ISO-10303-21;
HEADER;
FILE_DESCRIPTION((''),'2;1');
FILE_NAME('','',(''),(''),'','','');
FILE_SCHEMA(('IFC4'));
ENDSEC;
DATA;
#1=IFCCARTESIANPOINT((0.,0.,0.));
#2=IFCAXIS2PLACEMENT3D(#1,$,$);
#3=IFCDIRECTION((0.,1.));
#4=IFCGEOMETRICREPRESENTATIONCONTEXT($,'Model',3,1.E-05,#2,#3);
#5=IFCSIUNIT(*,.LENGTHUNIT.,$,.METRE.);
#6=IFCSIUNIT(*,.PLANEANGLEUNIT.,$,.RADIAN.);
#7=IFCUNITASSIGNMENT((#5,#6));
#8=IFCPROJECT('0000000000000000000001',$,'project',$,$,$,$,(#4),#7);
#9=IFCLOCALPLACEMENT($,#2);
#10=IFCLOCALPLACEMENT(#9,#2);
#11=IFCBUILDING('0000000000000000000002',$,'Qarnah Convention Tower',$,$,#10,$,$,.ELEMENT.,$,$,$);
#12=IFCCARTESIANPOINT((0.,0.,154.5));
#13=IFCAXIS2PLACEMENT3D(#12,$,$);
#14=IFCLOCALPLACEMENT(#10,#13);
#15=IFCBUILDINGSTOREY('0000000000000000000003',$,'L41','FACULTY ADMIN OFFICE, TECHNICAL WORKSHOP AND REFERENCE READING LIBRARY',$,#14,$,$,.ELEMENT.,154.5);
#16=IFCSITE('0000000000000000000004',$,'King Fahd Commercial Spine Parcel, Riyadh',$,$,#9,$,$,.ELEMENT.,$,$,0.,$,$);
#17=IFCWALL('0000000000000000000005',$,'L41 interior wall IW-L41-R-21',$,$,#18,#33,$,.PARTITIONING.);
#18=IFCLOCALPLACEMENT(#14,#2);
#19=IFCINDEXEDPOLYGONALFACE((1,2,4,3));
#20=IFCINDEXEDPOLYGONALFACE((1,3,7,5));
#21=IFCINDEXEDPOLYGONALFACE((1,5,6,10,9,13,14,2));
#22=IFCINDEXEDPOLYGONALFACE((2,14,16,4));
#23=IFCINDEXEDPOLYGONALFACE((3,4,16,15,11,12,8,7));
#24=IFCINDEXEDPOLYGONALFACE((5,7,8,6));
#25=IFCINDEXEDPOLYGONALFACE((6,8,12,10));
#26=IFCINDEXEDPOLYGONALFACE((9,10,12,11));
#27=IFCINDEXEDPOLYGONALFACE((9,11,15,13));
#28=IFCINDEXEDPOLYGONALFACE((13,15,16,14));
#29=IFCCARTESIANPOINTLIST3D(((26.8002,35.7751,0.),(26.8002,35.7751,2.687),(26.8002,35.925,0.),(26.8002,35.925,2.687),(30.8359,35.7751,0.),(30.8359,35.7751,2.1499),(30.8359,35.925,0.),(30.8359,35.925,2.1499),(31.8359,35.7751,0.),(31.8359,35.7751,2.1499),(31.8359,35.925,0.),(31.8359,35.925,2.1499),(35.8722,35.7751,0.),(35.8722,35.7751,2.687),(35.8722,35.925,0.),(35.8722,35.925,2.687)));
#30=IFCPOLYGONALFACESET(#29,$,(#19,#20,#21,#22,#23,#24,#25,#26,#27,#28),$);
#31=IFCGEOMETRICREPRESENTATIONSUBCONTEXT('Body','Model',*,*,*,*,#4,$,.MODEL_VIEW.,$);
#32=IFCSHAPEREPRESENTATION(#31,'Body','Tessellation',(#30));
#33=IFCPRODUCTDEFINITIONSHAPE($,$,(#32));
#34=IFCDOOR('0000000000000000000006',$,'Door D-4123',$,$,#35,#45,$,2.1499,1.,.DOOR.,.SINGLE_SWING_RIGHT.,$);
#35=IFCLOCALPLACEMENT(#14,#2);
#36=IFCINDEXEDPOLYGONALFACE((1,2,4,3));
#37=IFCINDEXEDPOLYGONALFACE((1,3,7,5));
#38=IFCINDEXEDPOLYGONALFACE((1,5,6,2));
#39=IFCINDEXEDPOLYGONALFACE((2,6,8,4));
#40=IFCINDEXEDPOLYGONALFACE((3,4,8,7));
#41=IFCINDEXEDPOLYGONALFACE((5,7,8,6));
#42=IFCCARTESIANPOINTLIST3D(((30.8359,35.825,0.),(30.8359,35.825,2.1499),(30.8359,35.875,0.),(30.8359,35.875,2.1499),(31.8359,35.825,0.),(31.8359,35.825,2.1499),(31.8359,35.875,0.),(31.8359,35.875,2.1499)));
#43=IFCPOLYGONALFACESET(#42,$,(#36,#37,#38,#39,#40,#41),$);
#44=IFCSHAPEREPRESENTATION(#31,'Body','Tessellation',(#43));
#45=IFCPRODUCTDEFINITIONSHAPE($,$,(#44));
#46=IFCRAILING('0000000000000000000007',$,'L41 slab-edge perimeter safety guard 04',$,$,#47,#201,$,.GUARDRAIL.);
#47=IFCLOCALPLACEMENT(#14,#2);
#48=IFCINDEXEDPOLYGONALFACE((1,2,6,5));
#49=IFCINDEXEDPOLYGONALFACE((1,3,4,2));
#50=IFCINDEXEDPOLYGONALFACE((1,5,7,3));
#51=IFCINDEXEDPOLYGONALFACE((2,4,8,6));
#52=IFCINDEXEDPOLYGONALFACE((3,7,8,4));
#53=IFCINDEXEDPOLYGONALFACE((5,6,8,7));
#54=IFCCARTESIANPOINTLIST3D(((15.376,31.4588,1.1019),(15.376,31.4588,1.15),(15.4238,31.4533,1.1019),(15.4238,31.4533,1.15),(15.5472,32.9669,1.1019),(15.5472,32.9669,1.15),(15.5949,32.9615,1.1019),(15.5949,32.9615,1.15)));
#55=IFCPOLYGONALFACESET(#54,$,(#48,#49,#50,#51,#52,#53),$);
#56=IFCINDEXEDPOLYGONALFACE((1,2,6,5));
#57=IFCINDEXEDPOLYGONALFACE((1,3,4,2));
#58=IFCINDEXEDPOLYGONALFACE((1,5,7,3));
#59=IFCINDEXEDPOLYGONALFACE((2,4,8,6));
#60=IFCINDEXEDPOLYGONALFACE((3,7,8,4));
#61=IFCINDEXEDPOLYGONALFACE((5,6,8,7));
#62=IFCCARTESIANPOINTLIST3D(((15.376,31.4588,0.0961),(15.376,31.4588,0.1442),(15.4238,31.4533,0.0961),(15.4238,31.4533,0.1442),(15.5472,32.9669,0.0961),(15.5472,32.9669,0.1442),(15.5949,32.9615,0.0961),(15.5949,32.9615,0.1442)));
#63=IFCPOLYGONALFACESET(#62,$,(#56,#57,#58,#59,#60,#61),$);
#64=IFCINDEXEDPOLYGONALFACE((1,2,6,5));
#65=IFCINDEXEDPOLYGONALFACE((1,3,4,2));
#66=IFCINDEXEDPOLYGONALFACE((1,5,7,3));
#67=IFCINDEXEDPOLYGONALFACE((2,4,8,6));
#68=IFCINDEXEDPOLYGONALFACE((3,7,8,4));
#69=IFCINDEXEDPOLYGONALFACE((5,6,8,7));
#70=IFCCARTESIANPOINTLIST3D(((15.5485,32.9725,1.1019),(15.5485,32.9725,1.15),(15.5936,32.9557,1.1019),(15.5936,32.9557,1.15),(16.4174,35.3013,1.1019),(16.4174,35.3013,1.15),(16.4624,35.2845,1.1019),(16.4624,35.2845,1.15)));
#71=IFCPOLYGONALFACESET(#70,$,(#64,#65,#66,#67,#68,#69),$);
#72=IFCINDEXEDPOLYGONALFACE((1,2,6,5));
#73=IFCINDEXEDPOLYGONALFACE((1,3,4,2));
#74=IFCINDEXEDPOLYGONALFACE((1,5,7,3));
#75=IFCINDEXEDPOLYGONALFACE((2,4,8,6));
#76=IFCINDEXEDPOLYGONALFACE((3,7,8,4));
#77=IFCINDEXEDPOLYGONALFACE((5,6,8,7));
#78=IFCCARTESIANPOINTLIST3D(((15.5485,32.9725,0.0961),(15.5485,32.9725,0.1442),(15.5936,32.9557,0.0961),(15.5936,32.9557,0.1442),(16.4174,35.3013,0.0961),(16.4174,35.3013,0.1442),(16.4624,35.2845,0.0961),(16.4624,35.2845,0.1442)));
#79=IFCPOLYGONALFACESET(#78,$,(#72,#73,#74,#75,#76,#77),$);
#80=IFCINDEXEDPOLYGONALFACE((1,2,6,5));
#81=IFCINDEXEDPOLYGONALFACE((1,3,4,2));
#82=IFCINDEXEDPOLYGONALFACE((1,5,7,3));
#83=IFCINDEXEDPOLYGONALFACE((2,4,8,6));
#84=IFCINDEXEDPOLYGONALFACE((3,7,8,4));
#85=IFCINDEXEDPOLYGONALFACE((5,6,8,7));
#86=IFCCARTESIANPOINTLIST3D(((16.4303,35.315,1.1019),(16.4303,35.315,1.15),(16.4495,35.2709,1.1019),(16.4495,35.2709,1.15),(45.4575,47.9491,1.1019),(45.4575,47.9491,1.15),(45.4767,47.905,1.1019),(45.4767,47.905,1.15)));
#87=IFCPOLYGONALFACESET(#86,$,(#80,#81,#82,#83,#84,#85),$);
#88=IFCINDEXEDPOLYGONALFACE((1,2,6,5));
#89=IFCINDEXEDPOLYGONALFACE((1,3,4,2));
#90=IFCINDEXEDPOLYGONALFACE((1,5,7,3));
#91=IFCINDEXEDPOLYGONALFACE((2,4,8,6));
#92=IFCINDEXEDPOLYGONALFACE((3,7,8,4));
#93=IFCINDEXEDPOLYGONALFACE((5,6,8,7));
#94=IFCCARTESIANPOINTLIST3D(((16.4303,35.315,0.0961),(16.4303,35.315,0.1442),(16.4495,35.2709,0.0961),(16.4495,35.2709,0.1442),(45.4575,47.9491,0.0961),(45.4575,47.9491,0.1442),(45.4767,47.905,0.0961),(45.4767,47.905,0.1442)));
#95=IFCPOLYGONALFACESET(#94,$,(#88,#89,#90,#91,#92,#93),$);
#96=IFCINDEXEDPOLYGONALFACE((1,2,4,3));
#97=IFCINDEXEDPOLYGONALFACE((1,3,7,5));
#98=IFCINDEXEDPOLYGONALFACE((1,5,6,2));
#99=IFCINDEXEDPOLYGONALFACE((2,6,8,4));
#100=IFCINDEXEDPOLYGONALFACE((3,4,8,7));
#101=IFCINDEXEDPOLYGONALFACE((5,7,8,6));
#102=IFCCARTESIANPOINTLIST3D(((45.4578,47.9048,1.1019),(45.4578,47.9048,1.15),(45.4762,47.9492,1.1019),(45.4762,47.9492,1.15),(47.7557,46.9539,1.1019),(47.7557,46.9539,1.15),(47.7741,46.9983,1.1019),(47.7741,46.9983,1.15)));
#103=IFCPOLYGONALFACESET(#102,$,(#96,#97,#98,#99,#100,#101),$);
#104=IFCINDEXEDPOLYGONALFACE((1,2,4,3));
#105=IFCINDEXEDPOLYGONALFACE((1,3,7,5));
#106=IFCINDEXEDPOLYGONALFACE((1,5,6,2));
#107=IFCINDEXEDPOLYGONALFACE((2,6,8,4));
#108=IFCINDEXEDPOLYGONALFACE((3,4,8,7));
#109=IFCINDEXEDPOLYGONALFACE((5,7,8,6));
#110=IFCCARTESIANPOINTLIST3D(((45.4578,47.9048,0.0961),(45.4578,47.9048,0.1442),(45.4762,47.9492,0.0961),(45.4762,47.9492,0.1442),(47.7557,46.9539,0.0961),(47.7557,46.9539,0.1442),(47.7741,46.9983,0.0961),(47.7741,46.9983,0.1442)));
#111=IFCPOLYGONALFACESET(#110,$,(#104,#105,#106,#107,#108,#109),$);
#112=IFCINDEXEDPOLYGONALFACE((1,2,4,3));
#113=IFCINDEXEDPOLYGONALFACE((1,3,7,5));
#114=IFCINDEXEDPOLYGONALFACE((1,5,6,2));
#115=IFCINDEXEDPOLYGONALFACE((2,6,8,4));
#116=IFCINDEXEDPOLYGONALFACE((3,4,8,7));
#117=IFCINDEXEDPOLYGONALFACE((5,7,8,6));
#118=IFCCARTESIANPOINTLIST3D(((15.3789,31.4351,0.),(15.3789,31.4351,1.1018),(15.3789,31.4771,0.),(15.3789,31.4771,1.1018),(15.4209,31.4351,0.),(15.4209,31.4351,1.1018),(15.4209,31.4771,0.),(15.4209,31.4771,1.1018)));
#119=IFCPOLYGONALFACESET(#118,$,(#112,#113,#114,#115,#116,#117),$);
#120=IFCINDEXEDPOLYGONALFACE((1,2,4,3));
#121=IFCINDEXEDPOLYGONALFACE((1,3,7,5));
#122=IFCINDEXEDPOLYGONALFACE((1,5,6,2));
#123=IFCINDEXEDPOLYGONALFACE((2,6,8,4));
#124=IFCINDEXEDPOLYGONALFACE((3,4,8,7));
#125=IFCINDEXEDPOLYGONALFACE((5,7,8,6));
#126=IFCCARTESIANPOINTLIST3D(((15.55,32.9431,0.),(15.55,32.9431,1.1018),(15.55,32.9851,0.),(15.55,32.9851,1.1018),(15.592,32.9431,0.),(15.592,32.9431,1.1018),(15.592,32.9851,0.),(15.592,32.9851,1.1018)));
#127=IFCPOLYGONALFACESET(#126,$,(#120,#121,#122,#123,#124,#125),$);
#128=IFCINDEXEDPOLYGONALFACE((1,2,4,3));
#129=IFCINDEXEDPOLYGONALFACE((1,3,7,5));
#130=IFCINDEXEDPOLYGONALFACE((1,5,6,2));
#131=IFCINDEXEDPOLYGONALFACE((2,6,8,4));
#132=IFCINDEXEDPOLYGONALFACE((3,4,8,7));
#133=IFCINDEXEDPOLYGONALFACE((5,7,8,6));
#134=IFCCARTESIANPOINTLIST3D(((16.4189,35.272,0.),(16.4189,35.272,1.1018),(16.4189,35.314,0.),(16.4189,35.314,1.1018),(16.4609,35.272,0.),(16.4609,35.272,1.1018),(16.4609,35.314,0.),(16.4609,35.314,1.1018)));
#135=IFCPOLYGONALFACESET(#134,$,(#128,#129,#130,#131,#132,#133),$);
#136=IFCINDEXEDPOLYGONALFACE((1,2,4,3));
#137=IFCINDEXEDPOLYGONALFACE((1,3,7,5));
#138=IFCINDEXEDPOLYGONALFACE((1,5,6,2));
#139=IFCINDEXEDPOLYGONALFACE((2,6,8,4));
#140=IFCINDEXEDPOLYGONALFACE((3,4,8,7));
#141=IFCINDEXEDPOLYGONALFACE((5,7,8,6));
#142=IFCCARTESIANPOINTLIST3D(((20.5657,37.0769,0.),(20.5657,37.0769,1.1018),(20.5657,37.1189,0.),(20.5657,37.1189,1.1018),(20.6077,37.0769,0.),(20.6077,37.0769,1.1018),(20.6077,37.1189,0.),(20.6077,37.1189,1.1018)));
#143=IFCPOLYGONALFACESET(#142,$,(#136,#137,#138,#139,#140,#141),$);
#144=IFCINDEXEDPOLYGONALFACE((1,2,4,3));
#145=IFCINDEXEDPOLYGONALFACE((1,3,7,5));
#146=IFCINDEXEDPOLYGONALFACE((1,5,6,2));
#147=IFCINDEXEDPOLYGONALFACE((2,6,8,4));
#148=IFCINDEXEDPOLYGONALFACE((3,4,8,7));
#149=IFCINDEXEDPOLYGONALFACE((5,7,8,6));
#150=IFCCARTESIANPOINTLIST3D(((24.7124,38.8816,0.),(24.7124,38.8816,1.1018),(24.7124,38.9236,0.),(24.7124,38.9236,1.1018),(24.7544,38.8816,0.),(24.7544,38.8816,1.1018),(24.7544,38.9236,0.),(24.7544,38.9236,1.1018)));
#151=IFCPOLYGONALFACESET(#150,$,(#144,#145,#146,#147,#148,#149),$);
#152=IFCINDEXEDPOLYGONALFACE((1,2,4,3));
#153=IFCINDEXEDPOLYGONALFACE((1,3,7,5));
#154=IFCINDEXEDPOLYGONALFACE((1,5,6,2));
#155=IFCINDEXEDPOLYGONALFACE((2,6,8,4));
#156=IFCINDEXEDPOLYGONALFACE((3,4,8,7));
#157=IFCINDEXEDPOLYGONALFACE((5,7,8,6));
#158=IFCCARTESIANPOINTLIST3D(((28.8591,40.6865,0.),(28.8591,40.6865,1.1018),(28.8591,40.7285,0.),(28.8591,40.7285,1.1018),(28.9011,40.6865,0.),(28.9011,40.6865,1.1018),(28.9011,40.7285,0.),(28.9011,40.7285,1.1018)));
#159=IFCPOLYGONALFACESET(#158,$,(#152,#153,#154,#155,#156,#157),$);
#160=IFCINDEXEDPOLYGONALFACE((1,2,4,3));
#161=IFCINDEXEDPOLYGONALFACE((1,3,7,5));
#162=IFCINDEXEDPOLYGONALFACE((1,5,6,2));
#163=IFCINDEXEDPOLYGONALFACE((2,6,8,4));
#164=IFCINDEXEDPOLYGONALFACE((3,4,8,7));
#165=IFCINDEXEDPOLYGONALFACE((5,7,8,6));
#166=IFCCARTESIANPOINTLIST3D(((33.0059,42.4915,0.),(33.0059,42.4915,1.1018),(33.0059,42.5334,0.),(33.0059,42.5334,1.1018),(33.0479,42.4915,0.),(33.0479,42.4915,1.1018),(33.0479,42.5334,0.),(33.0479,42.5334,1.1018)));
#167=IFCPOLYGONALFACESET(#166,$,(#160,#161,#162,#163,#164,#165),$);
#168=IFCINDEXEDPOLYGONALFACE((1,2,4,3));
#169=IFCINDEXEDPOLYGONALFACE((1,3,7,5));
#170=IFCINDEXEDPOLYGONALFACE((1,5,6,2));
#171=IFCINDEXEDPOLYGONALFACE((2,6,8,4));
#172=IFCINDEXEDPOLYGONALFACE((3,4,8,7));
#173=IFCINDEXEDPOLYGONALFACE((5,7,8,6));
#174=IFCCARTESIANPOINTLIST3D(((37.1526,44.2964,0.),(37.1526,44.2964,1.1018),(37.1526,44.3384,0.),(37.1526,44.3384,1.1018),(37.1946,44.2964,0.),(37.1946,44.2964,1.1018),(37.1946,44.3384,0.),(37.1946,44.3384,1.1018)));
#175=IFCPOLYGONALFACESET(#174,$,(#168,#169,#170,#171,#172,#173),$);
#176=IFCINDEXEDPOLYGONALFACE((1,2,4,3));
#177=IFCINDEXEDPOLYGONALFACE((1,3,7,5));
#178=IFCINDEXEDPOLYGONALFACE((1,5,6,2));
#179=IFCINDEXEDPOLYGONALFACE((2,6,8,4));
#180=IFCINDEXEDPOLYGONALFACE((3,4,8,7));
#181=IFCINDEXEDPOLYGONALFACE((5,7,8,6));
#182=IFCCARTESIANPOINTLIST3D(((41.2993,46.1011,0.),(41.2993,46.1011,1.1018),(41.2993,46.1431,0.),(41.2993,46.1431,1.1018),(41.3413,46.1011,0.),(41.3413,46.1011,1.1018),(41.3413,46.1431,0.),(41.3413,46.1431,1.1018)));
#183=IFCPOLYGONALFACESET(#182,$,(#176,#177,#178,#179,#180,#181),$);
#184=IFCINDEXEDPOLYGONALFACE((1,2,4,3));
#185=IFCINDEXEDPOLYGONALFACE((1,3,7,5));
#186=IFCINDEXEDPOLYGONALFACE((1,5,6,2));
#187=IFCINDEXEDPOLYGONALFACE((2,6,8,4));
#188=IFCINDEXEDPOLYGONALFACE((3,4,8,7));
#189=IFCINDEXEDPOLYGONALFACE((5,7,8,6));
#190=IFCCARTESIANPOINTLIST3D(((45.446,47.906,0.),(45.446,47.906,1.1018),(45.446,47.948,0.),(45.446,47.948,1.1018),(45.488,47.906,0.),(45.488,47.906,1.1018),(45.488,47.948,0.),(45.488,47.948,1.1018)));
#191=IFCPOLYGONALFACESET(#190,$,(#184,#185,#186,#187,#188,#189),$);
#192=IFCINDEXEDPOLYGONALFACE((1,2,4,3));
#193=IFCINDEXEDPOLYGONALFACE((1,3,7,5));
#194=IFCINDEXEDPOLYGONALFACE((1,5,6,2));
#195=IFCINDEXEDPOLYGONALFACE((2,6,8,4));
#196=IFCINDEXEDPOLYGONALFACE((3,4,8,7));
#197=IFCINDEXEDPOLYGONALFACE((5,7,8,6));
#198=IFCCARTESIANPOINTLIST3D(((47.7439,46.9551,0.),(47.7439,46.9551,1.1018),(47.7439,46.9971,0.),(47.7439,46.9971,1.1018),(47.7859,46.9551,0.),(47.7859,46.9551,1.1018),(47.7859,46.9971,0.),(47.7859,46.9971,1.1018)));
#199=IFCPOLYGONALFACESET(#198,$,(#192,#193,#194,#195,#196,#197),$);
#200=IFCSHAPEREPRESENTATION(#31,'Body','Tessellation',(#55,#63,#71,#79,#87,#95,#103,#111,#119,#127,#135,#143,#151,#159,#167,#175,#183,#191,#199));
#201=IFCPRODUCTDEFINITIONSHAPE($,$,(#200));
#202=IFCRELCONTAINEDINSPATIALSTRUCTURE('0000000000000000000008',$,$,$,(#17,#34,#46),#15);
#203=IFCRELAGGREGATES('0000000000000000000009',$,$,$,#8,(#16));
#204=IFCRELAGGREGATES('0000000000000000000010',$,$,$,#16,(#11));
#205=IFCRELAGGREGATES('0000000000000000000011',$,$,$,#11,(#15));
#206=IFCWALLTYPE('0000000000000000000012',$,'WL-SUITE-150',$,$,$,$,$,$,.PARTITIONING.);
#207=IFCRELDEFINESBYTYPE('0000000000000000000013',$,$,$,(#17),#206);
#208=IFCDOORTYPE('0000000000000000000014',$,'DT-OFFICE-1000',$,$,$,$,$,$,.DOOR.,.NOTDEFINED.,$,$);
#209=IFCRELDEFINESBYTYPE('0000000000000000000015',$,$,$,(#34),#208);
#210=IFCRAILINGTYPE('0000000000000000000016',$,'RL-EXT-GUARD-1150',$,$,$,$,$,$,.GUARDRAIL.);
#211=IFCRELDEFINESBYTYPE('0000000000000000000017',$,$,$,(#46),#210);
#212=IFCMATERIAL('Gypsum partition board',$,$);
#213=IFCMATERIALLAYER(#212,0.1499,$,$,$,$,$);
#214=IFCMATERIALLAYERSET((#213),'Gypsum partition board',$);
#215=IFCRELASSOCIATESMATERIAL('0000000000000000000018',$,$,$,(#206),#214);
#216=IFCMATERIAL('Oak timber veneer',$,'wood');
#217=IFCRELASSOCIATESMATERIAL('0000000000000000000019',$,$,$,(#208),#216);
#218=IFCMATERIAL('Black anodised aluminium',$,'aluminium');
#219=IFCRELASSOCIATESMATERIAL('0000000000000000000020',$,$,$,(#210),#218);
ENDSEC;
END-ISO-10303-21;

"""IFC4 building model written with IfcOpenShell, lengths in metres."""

from ifc_helpers import new_model, si_unit, direction, frame, frame_2d, origin, origin_2d, place, context, subcontext, project, spatial, rectangle, extrude, material, layer, layer_set, type_object, element, fill, save


model = new_model("IFC4")

# Units and contexts
model_context = context("Model", 3, precision=1e-05, world=origin(), true_north=direction((0.0, 1.0)))
body_context = subcontext(model_context, "Body", "Model", "MODEL_VIEW")
ifc_project = project(units=[si_unit("LENGTHUNIT", "METRE"), si_unit("PLANEANGLEUNIT", "RADIAN")], contexts=[model_context])

# Site, building, storey
site_placement = place(None, origin())
site = spatial("IfcSite", under=ifc_project, at=site_placement, Name="King Fahd Commercial Spine Parcel, Riyadh", CompositionType="ELEMENT", RefElevation=0.0)
building_placement = place(site_placement, origin())
building = spatial("IfcBuilding", under=site, at=building_placement, Name="Qarnah Convention Tower", CompositionType="ELEMENT")
storey_placement = place(building_placement, frame((0.0, 0.0, 154.5)))
storey = spatial("IfcBuildingStorey", under=building, at=storey_placement, Name="L41", Description="FACULTY ADMIN OFFICE, TECHNICAL WORKSHOP AND REFERENCE READING LIBRARY", CompositionType="ELEMENT", Elevation=154.5)

# Shared definitions
ifc_material_1 = material(Name="Black anodised aluminium", Category="aluminium")

# Shared definitions
ifc_material_2 = material(Name="Gypsum partition board")
ifc_layer_1 = layer(ifc_material_2, 0.1499)
ifc_layer_set_1 = layer_set([ifc_layer_1], Name="Gypsum partition board")
wall_type_1 = type_object("IfcWallType", Name="WL-SUITE-150", PredefinedType="PARTITIONING", material=ifc_layer_set_1)
ifc_material_3 = material(Name="Oak timber veneer", Category="wood")
door_type_1 = type_object("IfcDoorType", Name="DT-OFFICE-1000", OperationType="NOTDEFINED", PredefinedType="DOOR", material=ifc_material_3)

# Wall, opening, door
wall_1_placement = place(storey_placement, frame((26.8, 35.8501, 0.0), z_axis=(0.0, 0.0, 1.0), x_axis=(1.0, 0.0, 0.0)))
wall_1 = element("IfcWall", 1, at=wall_1_placement, inside=storey, type_object=wall_type_1, Name="L41 interior wall IW-L41-R-21", PredefinedType="PARTITIONING", context=body_context, shape_type="SweptSolid", body=[
    extrude(rectangle(XDim=9.072, YDim=0.1499, at=frame_2d((4.5361, 0.0))), origin(), (0.0, 0.0, 1.0), 2.687),
])
opening_1_placement = place(wall_1_placement, frame((4.0359, 0.0, 0.0)))
opening_1 = element("IfcOpeningElement", 2, at=opening_1_placement, cuts=wall_1, PredefinedType="OPENING", context=body_context, shape_type="SweptSolid", body=[
    extrude(rectangle(XDim=1.0, YDim=2.1499, at=frame_2d((0.5, 1.075))), frame((0.0, 0.085, 0.0), z_axis=(0.0, -1.0, 0.0), x_axis=(1.0, 0.0, 0.0)), (0.0, 0.0, 1.0), 0.1699),
])
door_1_placement = place(opening_1_placement, origin())
door_1 = element("IfcDoor", 3, at=door_1_placement, inside=storey, type_object=door_type_1, Name="Door D-4123", OperationType="SINGLE_SWING_RIGHT", OverallHeight=2.1499, OverallWidth=1.0, PredefinedType="DOOR", context=body_context, shape_type="SweptSolid", body=[
    extrude(rectangle(XDim=1.0, YDim=2.1499, at=frame_2d((0.5, 1.075))), frame((0.0, 0.0249, 0.0), z_axis=(0.0, -1.0, 0.0), x_axis=(1.0, 0.0, 0.0)), (0.0, 0.0, 1.0), 0.05),
])
fill(opening_1, door_1)

# Railing
railing_type_1 = type_object("IfcRailingType", Name="RL-EXT-GUARD-1150", PredefinedType="GUARDRAIL", material=ifc_material_1)
railing_1_placement = place(storey_placement, frame((15.3999, 31.4561, 0.0)))
element("IfcRailing", 4, at=railing_1_placement, inside=storey, type_object=railing_type_1, Name="L41 slab-edge perimeter safety guard 04", PredefinedType="GUARDRAIL", context=body_context, shape_type="SweptSolid", body=[
    extrude(rectangle(XDim=0.0481, YDim=0.0481, at=origin_2d()), frame((0.0, 0.0, 1.126), z_axis=(0.112762, 0.993622, 0.0), x_axis=(-0.993622, 0.112762, 0.0)), (0.0, 0.0, 1.0), 1.5178),
    extrude(rectangle(XDim=0.0481, YDim=0.0481, at=origin_2d()), frame((0.0, 0.0, 0.1201), z_axis=(0.112762, 0.993622, 0.0), x_axis=(-0.993622, 0.112762, 0.0)), (0.0, 0.0, 1.0), 1.5178),
    extrude(rectangle(XDim=0.0481, YDim=0.0481, at=origin_2d()), frame((0.1711, 1.5081, 1.126), z_axis=(0.349562, 0.936913, 0.0), x_axis=(-0.936913, 0.349562, 0.0)), (0.0, 0.0, 1.0), 2.4856),
    extrude(rectangle(XDim=0.0481, YDim=0.0481, at=origin_2d()), frame((0.1711, 1.5081, 0.1201), z_axis=(0.349562, 0.936913, 0.0), x_axis=(-0.936913, 0.349562, 0.0)), (0.0, 0.0, 1.0), 2.4856),
    extrude(rectangle(XDim=0.0481, YDim=0.0481, at=origin_2d()), frame((1.04, 3.8369, 1.126), z_axis=(0.916913, 0.399086, 0.0), x_axis=(-0.399086, 0.916913, 0.0)), (0.0, 0.0, 1.0), 31.6575),
    extrude(rectangle(XDim=0.0481, YDim=0.0481, at=origin_2d()), frame((1.04, 3.8369, 0.1201), z_axis=(0.916913, 0.399086, 0.0), x_axis=(-0.399086, 0.916913, 0.0)), (0.0, 0.0, 1.0), 31.6575),
    extrude(rectangle(XDim=0.0481, YDim=0.0481, at=origin_2d()), frame((30.0671, 16.4709, 1.126), z_axis=(0.924004, -0.382384, 0.0), x_axis=(0.382384, 0.924004, 0.0)), (0.0, 0.0, 1.0), 2.4868),
    extrude(rectangle(XDim=0.0481, YDim=0.0481, at=origin_2d()), frame((30.0671, 16.4709, 0.1201), z_axis=(0.924004, -0.382384, 0.0), x_axis=(0.382384, 0.924004, 0.0)), (0.0, 0.0, 1.0), 2.4868),
    extrude(rectangle(XDim=0.042, YDim=0.042, at=origin_2d()), origin(), (0.0, 0.0, 1.0), 1.1018),
    extrude(rectangle(XDim=0.042, YDim=0.042, at=origin_2d()), frame((0.1711, 1.5081, 0.0)), (0.0, 0.0, 1.0), 1.1018),
    extrude(rectangle(XDim=0.042, YDim=0.042, at=origin_2d()), frame((1.04, 3.8369, 0.0)), (0.0, 0.0, 1.0), 1.1018),
    extrude(rectangle(XDim=0.042, YDim=0.042, at=origin_2d()), frame((5.1868, 5.6418, 0.0)), (0.0, 0.0, 1.0), 1.1018),
    extrude(rectangle(XDim=0.042, YDim=0.042, at=origin_2d()), frame((9.3335, 7.4465, 0.0)), (0.0, 0.0, 1.0), 1.1018),
    extrude(rectangle(XDim=0.042, YDim=0.042, at=origin_2d()), frame((13.4802, 9.2515, 0.0)), (0.0, 0.0, 1.0), 1.1018),
    extrude(rectangle(XDim=0.042, YDim=0.042, at=origin_2d()), frame((17.627, 11.0564, 0.0)), (0.0, 0.0, 1.0), 1.1018),
    extrude(rectangle(XDim=0.042, YDim=0.042, at=origin_2d()), frame((21.7737, 12.8613, 0.0)), (0.0, 0.0, 1.0), 1.1018),
    extrude(rectangle(XDim=0.042, YDim=0.042, at=origin_2d()), frame((25.9204, 14.666, 0.0)), (0.0, 0.0, 1.0), 1.1018),
    extrude(rectangle(XDim=0.042, YDim=0.042, at=origin_2d()), frame((30.0671, 16.4709, 0.0)), (0.0, 0.0, 1.0), 1.1018),
    extrude(rectangle(XDim=0.042, YDim=0.042, at=origin_2d()), frame((32.365, 15.52, 0.0)), (0.0, 0.0, 1.0), 1.1018),
])

save(model, "model.ifc")
